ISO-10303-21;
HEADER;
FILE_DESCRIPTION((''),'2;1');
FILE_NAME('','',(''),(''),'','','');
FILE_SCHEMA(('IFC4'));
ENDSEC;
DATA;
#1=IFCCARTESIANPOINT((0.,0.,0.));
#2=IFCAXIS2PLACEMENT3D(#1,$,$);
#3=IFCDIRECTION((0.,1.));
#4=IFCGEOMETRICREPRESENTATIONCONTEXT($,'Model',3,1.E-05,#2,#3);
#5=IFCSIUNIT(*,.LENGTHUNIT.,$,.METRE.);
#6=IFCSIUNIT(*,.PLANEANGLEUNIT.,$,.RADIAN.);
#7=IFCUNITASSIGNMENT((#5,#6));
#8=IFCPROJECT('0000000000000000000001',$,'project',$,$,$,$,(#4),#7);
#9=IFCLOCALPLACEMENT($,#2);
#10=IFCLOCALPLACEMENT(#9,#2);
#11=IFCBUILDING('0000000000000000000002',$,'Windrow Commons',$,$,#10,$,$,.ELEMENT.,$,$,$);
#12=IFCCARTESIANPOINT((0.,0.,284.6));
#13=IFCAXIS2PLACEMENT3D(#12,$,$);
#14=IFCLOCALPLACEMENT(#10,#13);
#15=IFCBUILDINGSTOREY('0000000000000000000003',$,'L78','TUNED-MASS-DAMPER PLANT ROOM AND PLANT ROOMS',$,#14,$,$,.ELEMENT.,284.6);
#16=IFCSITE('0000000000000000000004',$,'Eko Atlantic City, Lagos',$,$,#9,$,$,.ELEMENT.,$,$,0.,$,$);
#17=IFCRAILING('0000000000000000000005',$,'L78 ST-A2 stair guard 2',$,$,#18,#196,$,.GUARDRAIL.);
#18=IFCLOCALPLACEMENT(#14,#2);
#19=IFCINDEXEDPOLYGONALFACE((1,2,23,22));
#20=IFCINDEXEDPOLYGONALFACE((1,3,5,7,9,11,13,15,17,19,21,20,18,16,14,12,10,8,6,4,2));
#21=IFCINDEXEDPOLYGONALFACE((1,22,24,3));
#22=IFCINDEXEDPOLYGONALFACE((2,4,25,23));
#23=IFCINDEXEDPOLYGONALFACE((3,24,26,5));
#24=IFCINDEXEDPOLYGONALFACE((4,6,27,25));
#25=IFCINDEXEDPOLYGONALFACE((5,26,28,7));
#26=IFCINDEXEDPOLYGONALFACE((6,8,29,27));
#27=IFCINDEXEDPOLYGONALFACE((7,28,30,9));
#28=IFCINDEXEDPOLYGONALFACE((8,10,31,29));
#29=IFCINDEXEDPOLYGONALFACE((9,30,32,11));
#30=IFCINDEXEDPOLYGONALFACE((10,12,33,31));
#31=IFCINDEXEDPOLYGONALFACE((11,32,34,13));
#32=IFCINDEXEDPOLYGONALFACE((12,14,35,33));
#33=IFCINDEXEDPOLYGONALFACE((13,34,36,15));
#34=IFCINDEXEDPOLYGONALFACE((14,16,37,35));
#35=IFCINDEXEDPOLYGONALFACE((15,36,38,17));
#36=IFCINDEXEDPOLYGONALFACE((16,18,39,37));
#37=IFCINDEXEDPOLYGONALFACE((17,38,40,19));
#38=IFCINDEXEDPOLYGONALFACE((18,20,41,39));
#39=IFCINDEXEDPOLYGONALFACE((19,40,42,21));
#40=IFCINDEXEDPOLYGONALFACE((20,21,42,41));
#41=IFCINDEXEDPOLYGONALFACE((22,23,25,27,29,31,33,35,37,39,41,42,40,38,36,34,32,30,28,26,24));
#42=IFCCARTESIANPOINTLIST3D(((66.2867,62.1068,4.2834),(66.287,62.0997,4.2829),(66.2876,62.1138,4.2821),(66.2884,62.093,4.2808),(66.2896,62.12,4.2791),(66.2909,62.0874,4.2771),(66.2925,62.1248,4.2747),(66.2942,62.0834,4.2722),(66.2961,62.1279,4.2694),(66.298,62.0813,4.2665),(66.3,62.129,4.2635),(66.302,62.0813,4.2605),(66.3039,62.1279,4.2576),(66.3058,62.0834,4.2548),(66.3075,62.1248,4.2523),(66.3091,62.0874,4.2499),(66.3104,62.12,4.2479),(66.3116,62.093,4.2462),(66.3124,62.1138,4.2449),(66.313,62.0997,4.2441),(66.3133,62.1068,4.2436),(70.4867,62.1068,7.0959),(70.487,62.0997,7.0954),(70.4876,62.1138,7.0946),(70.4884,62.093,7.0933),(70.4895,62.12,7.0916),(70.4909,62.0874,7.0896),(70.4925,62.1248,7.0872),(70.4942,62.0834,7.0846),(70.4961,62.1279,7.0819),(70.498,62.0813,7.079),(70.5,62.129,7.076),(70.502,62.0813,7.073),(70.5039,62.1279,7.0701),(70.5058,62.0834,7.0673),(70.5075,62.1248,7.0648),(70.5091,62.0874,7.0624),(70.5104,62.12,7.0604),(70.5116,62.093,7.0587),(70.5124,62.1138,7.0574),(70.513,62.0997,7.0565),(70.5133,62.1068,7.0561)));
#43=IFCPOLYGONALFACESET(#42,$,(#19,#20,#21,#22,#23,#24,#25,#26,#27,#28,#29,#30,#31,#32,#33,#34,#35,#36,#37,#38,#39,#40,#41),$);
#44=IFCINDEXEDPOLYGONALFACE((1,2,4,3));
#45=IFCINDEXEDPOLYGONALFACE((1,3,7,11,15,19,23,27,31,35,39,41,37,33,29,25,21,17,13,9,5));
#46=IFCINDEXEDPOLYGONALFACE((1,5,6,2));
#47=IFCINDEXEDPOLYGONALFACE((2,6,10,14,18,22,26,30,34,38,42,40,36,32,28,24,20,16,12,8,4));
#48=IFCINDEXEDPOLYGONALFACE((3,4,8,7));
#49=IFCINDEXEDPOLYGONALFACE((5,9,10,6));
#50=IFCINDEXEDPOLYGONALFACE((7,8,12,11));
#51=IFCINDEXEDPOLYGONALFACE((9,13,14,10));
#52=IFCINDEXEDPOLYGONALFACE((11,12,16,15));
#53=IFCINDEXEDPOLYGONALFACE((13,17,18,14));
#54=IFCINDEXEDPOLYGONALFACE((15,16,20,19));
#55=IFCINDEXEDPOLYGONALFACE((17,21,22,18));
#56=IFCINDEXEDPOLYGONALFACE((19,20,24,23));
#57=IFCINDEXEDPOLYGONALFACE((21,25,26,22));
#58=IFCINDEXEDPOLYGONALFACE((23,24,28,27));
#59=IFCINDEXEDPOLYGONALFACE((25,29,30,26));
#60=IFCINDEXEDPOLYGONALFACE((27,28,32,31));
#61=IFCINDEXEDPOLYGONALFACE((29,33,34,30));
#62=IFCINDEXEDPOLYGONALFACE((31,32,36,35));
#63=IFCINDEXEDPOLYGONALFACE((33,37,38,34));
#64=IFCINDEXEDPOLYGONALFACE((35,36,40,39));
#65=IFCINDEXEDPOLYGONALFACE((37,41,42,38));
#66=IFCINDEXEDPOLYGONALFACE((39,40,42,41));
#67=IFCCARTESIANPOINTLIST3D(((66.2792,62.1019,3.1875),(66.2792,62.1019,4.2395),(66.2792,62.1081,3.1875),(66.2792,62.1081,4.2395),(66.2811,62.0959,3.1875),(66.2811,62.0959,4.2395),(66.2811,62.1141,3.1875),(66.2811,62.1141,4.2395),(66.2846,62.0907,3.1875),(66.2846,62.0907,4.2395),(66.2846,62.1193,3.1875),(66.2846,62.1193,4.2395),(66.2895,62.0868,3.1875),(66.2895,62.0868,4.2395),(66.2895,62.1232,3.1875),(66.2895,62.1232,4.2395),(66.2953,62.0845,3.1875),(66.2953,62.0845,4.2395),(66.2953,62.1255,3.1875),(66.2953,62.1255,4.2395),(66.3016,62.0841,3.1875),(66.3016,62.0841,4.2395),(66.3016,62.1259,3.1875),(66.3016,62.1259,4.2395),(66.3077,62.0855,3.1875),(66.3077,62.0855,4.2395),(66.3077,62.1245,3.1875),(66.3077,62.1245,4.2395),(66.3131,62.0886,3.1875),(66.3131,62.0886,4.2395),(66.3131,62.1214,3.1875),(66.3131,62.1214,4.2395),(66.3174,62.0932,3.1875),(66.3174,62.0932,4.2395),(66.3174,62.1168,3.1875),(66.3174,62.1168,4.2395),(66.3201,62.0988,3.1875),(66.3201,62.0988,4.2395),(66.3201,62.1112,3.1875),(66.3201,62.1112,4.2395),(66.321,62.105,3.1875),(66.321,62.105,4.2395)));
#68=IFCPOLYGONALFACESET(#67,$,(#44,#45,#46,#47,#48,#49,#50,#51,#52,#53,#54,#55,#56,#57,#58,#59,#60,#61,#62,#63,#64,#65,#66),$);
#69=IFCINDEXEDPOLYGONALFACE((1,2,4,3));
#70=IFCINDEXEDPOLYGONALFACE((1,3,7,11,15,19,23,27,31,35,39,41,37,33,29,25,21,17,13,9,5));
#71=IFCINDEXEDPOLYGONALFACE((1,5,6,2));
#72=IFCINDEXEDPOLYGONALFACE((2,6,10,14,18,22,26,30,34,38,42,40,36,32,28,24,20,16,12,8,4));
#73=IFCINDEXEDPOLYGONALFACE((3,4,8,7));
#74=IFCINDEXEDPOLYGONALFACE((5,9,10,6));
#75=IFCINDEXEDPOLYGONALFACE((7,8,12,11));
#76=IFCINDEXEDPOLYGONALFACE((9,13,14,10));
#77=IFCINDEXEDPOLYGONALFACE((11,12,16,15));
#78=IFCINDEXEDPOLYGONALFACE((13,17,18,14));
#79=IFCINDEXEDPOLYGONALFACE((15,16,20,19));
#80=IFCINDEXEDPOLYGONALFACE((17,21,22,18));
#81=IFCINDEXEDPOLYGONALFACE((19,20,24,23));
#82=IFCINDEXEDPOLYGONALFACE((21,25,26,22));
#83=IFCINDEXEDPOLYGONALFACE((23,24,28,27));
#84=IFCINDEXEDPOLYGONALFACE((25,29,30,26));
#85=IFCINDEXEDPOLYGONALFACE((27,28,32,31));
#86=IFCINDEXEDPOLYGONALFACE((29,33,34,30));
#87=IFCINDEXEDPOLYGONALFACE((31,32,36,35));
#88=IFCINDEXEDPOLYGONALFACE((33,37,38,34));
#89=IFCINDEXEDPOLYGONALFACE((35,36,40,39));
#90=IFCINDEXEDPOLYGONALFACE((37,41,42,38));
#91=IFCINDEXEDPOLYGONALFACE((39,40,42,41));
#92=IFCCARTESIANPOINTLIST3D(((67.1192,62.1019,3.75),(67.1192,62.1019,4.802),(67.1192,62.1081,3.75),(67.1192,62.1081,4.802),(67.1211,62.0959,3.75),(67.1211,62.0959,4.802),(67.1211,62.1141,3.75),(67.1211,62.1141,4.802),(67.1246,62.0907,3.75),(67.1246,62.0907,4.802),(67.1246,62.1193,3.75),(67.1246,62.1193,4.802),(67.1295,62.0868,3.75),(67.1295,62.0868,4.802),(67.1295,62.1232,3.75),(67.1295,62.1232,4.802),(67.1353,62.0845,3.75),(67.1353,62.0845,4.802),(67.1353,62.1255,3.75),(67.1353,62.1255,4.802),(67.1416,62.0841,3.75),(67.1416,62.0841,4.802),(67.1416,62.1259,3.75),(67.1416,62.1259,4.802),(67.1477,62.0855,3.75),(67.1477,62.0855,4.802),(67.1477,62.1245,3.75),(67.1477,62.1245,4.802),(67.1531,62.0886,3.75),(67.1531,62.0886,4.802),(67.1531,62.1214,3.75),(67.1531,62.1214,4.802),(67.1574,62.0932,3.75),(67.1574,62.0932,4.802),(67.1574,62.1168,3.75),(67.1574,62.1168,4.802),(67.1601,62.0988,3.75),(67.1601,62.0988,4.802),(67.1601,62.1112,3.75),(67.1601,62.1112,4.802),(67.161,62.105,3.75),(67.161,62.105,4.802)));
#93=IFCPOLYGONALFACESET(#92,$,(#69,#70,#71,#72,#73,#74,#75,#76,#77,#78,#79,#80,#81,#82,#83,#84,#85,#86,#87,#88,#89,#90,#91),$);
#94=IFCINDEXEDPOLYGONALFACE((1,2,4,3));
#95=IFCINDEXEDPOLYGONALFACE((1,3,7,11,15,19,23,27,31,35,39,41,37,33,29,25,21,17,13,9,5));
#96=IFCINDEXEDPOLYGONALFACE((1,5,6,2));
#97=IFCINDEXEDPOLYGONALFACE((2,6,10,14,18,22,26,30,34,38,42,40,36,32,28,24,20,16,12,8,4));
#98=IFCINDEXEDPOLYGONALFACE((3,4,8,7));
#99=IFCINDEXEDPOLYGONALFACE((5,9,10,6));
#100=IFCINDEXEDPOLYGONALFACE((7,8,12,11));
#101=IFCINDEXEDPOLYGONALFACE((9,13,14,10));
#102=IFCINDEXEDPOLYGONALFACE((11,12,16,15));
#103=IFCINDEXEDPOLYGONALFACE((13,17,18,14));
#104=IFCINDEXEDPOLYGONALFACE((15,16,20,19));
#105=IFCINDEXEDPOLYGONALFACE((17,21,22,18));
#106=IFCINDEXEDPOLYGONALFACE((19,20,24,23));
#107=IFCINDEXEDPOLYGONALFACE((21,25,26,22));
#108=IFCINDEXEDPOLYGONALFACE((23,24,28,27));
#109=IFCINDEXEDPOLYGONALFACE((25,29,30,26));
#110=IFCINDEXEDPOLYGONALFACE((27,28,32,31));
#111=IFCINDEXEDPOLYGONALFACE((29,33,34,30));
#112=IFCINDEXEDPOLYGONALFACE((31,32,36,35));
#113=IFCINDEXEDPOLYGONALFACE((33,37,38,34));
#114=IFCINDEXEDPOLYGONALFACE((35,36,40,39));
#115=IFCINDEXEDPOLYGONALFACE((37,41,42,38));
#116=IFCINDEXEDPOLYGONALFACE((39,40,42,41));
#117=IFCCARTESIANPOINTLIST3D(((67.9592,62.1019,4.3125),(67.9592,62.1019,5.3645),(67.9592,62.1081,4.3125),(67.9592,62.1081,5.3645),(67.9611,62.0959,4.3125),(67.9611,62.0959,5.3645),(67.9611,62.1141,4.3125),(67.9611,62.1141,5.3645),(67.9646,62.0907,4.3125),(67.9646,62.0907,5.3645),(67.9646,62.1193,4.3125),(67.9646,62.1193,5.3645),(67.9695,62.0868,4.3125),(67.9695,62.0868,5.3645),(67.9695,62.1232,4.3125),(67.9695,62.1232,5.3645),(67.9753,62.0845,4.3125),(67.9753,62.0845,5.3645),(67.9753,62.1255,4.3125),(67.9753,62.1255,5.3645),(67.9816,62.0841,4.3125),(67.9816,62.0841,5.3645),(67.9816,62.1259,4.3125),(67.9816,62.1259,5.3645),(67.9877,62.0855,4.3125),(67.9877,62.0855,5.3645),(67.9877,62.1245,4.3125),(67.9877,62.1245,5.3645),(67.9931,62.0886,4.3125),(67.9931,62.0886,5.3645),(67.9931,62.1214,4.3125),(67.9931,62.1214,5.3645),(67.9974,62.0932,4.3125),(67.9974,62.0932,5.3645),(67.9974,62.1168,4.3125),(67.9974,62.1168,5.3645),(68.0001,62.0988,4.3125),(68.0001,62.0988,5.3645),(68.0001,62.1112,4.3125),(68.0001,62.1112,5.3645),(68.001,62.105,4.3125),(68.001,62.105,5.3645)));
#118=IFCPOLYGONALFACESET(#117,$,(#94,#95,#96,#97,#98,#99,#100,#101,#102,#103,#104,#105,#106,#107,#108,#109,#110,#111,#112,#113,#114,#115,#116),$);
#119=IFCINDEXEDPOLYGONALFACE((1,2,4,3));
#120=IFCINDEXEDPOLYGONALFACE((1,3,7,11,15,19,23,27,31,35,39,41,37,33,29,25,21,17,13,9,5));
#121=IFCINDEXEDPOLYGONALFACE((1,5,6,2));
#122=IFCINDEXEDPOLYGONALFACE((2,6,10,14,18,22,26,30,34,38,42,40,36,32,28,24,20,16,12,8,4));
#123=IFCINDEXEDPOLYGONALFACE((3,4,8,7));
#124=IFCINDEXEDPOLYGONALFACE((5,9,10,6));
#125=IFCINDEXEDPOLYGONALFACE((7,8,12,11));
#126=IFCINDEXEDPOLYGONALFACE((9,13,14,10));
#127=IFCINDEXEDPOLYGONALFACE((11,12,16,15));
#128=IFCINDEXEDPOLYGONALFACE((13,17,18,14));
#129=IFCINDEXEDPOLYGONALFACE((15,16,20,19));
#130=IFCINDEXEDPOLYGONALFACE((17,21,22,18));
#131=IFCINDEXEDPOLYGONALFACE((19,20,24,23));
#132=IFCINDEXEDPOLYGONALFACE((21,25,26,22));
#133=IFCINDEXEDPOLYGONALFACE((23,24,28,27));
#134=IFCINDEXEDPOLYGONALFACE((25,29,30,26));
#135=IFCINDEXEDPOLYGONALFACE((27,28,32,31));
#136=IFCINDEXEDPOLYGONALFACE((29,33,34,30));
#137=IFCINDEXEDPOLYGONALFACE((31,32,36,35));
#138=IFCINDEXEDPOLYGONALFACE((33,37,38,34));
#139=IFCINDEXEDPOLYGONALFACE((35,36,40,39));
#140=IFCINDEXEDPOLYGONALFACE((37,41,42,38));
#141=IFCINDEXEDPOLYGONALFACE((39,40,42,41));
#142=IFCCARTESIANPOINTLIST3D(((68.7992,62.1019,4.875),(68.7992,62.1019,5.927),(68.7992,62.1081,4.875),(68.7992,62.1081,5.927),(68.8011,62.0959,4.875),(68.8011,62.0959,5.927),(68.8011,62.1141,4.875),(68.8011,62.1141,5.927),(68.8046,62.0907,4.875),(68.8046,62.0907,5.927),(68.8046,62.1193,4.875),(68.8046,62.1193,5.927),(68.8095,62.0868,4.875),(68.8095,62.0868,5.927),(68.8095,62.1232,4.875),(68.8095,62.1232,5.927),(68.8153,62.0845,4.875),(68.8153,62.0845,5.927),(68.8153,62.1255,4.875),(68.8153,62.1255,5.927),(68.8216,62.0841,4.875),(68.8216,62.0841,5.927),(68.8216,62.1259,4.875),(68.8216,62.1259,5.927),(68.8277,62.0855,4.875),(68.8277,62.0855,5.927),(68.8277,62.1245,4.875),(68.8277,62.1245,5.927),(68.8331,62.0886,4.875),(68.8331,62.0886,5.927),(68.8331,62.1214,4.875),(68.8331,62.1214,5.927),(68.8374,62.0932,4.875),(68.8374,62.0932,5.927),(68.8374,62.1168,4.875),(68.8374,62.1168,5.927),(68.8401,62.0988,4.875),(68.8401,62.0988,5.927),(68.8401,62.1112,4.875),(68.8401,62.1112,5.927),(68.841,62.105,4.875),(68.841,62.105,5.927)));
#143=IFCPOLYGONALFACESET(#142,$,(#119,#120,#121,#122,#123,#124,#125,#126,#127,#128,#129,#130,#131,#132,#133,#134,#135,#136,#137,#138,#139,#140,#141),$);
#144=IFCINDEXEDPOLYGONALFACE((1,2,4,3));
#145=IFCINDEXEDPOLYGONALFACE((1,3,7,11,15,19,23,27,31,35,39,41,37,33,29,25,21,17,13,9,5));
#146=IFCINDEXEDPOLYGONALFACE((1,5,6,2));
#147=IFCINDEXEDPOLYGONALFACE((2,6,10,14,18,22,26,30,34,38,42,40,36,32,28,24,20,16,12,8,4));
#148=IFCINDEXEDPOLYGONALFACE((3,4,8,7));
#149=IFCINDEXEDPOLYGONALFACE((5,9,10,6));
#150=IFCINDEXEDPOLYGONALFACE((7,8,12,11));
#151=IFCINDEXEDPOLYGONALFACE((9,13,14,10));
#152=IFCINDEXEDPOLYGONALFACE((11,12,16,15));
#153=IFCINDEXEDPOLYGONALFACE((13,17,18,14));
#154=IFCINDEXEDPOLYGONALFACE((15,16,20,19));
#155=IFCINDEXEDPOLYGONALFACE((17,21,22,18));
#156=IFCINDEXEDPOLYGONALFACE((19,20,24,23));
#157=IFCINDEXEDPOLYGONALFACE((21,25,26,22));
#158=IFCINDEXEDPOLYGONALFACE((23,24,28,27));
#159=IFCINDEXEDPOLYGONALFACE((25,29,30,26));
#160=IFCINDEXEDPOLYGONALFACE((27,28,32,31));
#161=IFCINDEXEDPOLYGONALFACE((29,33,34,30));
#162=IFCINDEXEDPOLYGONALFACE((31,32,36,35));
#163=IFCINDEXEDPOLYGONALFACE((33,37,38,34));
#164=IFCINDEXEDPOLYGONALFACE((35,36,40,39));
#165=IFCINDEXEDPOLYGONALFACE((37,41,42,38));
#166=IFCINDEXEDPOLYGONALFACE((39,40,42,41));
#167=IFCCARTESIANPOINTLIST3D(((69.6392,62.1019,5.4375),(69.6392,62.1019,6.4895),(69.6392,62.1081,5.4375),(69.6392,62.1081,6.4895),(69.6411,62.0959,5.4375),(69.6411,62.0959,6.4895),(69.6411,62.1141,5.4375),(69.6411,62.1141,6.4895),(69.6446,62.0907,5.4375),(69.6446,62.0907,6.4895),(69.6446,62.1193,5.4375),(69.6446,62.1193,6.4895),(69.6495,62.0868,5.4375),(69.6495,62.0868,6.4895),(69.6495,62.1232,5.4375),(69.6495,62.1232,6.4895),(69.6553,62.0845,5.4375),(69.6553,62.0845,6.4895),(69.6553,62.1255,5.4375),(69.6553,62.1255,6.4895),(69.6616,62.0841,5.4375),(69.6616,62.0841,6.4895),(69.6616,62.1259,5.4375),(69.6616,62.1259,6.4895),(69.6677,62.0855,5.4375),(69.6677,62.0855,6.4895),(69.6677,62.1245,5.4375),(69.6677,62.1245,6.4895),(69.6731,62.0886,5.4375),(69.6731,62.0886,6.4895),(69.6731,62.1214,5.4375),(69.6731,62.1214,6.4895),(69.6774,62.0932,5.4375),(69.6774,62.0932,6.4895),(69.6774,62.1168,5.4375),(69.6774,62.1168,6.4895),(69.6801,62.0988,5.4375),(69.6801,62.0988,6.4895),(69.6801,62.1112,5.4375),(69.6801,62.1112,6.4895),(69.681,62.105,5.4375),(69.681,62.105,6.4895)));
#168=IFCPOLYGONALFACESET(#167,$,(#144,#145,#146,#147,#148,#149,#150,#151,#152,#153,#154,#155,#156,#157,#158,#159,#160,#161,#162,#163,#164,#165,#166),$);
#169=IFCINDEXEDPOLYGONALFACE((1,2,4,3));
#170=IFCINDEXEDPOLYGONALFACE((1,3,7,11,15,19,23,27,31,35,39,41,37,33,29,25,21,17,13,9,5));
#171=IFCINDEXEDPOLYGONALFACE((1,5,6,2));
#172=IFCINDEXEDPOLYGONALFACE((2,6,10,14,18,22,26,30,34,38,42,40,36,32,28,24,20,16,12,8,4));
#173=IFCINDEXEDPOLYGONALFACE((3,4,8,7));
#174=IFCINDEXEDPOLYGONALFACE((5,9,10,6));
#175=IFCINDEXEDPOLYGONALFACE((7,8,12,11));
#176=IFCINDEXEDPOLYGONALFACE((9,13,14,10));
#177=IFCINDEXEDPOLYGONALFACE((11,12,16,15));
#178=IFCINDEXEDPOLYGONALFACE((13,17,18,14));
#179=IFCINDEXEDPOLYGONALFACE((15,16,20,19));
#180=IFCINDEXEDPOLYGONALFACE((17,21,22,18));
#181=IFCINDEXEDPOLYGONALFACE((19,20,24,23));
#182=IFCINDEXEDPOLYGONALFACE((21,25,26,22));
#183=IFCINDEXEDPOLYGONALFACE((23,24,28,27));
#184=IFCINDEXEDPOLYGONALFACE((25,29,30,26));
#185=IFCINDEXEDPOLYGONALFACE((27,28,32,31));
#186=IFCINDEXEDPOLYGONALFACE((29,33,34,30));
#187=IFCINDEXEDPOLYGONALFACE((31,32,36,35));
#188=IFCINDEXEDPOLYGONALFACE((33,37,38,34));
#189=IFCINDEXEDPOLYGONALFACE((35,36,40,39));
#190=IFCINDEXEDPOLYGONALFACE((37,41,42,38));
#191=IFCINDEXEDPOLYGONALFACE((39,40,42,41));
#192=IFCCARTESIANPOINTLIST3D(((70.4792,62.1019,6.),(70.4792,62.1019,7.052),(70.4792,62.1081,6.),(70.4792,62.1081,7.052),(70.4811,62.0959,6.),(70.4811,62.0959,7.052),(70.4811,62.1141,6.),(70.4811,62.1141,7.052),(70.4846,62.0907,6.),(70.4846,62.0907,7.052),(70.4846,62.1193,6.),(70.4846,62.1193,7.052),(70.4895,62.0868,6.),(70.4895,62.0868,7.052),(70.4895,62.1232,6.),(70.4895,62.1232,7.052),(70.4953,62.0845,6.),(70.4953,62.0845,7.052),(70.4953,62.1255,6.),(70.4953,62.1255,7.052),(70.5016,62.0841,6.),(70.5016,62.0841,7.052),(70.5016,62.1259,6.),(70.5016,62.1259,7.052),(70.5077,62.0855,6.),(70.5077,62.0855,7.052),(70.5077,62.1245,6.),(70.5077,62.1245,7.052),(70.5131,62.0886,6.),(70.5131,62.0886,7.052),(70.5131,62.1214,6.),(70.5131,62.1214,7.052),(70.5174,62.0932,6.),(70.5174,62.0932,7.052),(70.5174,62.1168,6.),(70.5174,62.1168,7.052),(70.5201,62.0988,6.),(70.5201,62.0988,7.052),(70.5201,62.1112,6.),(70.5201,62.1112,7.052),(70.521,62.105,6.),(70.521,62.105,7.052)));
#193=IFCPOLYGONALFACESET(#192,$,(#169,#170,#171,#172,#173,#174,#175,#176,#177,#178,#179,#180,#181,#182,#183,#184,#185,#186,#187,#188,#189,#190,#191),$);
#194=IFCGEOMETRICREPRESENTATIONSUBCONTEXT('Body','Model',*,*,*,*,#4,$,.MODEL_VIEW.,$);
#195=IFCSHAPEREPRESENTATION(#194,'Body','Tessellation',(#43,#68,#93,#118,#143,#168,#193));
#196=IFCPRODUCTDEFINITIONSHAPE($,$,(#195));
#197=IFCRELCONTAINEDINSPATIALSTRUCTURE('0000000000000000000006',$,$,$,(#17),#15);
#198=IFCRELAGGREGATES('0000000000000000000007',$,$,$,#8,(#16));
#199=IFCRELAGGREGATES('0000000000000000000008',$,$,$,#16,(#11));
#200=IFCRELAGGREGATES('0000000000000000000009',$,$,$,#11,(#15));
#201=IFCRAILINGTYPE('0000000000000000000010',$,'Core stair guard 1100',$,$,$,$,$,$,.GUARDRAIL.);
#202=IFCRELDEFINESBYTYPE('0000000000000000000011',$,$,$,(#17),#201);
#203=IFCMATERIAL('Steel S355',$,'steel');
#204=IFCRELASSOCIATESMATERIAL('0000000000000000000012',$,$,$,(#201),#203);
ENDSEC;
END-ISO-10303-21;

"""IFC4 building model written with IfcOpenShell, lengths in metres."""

from ifc_helpers import new_model, si_unit, direction, frame, origin, origin_2d, place, context, subcontext, project, spatial, circle, extrude, material, type_object, element, save


model = new_model("IFC4")

# Units and contexts
model_context = context("Model", 3, precision=1e-05, world=origin(), true_north=direction((0.0, 1.0)))
body_context = subcontext(model_context, "Body", "Model", "MODEL_VIEW")
ifc_project = project(units=[si_unit("LENGTHUNIT", "METRE"), si_unit("PLANEANGLEUNIT", "RADIAN")], contexts=[model_context])

# Site, building, storey
site_placement = place(None, origin())
site = spatial("IfcSite", under=ifc_project, at=site_placement, Name="Eko Atlantic City, Lagos", CompositionType="ELEMENT", RefElevation=0.0)
building_placement = place(site_placement, origin())
building = spatial("IfcBuilding", under=site, at=building_placement, Name="Windrow Commons", CompositionType="ELEMENT")
storey_placement = place(building_placement, frame((0.0, 0.0, 284.6)))
storey = spatial("IfcBuildingStorey", under=building, at=storey_placement, Name="L78", Description="TUNED-MASS-DAMPER PLANT ROOM AND PLANT ROOMS", CompositionType="ELEMENT", Elevation=284.6)

# Railing
ifc_material_1 = material(Name="Steel S355", Category="steel")
railing_type_1 = type_object("IfcRailingType", Name="Core stair guard 1100", PredefinedType="GUARDRAIL", material=ifc_material_1)
railing_1_placement = place(storey_placement, frame((66.3, 62.105, 3.1875)))
element("IfcRailing", 1, at=railing_1_placement, inside=storey, type_object=railing_type_1, Name="L78 ST-A2 stair guard 2", PredefinedType="GUARDRAIL", context=body_context, shape_type="SweptSolid", body=[
    extrude(circle(Radius=0.024, at=origin_2d()), frame((0.0, 0.0, 1.076), z_axis=(0.830907, 0.0, 0.556411), x_axis=(0.0, 1.0, 0.0)), (0.0, 0.0, 1.0), 5.0547),
    extrude(circle(Radius=0.021, at=origin_2d()), origin(), (0.0, 0.0, 1.0), 1.052),
    extrude(circle(Radius=0.021, at=origin_2d()), frame((0.84, 0.0, 0.5625)), (0.0, 0.0, 1.0), 1.052),
    extrude(circle(Radius=0.021, at=origin_2d()), frame((1.68, 0.0, 1.125)), (0.0, 0.0, 1.0), 1.052),
    extrude(circle(Radius=0.021, at=origin_2d()), frame((2.52, 0.0, 1.6875)), (0.0, 0.0, 1.0), 1.052),
    extrude(circle(Radius=0.021, at=origin_2d()), frame((3.36, 0.0, 2.25)), (0.0, 0.0, 1.0), 1.052),
    extrude(circle(Radius=0.021, at=origin_2d()), frame((4.2, 0.0, 2.8125)), (0.0, 0.0, 1.0), 1.052),
])

save(model, "model.ifc")
